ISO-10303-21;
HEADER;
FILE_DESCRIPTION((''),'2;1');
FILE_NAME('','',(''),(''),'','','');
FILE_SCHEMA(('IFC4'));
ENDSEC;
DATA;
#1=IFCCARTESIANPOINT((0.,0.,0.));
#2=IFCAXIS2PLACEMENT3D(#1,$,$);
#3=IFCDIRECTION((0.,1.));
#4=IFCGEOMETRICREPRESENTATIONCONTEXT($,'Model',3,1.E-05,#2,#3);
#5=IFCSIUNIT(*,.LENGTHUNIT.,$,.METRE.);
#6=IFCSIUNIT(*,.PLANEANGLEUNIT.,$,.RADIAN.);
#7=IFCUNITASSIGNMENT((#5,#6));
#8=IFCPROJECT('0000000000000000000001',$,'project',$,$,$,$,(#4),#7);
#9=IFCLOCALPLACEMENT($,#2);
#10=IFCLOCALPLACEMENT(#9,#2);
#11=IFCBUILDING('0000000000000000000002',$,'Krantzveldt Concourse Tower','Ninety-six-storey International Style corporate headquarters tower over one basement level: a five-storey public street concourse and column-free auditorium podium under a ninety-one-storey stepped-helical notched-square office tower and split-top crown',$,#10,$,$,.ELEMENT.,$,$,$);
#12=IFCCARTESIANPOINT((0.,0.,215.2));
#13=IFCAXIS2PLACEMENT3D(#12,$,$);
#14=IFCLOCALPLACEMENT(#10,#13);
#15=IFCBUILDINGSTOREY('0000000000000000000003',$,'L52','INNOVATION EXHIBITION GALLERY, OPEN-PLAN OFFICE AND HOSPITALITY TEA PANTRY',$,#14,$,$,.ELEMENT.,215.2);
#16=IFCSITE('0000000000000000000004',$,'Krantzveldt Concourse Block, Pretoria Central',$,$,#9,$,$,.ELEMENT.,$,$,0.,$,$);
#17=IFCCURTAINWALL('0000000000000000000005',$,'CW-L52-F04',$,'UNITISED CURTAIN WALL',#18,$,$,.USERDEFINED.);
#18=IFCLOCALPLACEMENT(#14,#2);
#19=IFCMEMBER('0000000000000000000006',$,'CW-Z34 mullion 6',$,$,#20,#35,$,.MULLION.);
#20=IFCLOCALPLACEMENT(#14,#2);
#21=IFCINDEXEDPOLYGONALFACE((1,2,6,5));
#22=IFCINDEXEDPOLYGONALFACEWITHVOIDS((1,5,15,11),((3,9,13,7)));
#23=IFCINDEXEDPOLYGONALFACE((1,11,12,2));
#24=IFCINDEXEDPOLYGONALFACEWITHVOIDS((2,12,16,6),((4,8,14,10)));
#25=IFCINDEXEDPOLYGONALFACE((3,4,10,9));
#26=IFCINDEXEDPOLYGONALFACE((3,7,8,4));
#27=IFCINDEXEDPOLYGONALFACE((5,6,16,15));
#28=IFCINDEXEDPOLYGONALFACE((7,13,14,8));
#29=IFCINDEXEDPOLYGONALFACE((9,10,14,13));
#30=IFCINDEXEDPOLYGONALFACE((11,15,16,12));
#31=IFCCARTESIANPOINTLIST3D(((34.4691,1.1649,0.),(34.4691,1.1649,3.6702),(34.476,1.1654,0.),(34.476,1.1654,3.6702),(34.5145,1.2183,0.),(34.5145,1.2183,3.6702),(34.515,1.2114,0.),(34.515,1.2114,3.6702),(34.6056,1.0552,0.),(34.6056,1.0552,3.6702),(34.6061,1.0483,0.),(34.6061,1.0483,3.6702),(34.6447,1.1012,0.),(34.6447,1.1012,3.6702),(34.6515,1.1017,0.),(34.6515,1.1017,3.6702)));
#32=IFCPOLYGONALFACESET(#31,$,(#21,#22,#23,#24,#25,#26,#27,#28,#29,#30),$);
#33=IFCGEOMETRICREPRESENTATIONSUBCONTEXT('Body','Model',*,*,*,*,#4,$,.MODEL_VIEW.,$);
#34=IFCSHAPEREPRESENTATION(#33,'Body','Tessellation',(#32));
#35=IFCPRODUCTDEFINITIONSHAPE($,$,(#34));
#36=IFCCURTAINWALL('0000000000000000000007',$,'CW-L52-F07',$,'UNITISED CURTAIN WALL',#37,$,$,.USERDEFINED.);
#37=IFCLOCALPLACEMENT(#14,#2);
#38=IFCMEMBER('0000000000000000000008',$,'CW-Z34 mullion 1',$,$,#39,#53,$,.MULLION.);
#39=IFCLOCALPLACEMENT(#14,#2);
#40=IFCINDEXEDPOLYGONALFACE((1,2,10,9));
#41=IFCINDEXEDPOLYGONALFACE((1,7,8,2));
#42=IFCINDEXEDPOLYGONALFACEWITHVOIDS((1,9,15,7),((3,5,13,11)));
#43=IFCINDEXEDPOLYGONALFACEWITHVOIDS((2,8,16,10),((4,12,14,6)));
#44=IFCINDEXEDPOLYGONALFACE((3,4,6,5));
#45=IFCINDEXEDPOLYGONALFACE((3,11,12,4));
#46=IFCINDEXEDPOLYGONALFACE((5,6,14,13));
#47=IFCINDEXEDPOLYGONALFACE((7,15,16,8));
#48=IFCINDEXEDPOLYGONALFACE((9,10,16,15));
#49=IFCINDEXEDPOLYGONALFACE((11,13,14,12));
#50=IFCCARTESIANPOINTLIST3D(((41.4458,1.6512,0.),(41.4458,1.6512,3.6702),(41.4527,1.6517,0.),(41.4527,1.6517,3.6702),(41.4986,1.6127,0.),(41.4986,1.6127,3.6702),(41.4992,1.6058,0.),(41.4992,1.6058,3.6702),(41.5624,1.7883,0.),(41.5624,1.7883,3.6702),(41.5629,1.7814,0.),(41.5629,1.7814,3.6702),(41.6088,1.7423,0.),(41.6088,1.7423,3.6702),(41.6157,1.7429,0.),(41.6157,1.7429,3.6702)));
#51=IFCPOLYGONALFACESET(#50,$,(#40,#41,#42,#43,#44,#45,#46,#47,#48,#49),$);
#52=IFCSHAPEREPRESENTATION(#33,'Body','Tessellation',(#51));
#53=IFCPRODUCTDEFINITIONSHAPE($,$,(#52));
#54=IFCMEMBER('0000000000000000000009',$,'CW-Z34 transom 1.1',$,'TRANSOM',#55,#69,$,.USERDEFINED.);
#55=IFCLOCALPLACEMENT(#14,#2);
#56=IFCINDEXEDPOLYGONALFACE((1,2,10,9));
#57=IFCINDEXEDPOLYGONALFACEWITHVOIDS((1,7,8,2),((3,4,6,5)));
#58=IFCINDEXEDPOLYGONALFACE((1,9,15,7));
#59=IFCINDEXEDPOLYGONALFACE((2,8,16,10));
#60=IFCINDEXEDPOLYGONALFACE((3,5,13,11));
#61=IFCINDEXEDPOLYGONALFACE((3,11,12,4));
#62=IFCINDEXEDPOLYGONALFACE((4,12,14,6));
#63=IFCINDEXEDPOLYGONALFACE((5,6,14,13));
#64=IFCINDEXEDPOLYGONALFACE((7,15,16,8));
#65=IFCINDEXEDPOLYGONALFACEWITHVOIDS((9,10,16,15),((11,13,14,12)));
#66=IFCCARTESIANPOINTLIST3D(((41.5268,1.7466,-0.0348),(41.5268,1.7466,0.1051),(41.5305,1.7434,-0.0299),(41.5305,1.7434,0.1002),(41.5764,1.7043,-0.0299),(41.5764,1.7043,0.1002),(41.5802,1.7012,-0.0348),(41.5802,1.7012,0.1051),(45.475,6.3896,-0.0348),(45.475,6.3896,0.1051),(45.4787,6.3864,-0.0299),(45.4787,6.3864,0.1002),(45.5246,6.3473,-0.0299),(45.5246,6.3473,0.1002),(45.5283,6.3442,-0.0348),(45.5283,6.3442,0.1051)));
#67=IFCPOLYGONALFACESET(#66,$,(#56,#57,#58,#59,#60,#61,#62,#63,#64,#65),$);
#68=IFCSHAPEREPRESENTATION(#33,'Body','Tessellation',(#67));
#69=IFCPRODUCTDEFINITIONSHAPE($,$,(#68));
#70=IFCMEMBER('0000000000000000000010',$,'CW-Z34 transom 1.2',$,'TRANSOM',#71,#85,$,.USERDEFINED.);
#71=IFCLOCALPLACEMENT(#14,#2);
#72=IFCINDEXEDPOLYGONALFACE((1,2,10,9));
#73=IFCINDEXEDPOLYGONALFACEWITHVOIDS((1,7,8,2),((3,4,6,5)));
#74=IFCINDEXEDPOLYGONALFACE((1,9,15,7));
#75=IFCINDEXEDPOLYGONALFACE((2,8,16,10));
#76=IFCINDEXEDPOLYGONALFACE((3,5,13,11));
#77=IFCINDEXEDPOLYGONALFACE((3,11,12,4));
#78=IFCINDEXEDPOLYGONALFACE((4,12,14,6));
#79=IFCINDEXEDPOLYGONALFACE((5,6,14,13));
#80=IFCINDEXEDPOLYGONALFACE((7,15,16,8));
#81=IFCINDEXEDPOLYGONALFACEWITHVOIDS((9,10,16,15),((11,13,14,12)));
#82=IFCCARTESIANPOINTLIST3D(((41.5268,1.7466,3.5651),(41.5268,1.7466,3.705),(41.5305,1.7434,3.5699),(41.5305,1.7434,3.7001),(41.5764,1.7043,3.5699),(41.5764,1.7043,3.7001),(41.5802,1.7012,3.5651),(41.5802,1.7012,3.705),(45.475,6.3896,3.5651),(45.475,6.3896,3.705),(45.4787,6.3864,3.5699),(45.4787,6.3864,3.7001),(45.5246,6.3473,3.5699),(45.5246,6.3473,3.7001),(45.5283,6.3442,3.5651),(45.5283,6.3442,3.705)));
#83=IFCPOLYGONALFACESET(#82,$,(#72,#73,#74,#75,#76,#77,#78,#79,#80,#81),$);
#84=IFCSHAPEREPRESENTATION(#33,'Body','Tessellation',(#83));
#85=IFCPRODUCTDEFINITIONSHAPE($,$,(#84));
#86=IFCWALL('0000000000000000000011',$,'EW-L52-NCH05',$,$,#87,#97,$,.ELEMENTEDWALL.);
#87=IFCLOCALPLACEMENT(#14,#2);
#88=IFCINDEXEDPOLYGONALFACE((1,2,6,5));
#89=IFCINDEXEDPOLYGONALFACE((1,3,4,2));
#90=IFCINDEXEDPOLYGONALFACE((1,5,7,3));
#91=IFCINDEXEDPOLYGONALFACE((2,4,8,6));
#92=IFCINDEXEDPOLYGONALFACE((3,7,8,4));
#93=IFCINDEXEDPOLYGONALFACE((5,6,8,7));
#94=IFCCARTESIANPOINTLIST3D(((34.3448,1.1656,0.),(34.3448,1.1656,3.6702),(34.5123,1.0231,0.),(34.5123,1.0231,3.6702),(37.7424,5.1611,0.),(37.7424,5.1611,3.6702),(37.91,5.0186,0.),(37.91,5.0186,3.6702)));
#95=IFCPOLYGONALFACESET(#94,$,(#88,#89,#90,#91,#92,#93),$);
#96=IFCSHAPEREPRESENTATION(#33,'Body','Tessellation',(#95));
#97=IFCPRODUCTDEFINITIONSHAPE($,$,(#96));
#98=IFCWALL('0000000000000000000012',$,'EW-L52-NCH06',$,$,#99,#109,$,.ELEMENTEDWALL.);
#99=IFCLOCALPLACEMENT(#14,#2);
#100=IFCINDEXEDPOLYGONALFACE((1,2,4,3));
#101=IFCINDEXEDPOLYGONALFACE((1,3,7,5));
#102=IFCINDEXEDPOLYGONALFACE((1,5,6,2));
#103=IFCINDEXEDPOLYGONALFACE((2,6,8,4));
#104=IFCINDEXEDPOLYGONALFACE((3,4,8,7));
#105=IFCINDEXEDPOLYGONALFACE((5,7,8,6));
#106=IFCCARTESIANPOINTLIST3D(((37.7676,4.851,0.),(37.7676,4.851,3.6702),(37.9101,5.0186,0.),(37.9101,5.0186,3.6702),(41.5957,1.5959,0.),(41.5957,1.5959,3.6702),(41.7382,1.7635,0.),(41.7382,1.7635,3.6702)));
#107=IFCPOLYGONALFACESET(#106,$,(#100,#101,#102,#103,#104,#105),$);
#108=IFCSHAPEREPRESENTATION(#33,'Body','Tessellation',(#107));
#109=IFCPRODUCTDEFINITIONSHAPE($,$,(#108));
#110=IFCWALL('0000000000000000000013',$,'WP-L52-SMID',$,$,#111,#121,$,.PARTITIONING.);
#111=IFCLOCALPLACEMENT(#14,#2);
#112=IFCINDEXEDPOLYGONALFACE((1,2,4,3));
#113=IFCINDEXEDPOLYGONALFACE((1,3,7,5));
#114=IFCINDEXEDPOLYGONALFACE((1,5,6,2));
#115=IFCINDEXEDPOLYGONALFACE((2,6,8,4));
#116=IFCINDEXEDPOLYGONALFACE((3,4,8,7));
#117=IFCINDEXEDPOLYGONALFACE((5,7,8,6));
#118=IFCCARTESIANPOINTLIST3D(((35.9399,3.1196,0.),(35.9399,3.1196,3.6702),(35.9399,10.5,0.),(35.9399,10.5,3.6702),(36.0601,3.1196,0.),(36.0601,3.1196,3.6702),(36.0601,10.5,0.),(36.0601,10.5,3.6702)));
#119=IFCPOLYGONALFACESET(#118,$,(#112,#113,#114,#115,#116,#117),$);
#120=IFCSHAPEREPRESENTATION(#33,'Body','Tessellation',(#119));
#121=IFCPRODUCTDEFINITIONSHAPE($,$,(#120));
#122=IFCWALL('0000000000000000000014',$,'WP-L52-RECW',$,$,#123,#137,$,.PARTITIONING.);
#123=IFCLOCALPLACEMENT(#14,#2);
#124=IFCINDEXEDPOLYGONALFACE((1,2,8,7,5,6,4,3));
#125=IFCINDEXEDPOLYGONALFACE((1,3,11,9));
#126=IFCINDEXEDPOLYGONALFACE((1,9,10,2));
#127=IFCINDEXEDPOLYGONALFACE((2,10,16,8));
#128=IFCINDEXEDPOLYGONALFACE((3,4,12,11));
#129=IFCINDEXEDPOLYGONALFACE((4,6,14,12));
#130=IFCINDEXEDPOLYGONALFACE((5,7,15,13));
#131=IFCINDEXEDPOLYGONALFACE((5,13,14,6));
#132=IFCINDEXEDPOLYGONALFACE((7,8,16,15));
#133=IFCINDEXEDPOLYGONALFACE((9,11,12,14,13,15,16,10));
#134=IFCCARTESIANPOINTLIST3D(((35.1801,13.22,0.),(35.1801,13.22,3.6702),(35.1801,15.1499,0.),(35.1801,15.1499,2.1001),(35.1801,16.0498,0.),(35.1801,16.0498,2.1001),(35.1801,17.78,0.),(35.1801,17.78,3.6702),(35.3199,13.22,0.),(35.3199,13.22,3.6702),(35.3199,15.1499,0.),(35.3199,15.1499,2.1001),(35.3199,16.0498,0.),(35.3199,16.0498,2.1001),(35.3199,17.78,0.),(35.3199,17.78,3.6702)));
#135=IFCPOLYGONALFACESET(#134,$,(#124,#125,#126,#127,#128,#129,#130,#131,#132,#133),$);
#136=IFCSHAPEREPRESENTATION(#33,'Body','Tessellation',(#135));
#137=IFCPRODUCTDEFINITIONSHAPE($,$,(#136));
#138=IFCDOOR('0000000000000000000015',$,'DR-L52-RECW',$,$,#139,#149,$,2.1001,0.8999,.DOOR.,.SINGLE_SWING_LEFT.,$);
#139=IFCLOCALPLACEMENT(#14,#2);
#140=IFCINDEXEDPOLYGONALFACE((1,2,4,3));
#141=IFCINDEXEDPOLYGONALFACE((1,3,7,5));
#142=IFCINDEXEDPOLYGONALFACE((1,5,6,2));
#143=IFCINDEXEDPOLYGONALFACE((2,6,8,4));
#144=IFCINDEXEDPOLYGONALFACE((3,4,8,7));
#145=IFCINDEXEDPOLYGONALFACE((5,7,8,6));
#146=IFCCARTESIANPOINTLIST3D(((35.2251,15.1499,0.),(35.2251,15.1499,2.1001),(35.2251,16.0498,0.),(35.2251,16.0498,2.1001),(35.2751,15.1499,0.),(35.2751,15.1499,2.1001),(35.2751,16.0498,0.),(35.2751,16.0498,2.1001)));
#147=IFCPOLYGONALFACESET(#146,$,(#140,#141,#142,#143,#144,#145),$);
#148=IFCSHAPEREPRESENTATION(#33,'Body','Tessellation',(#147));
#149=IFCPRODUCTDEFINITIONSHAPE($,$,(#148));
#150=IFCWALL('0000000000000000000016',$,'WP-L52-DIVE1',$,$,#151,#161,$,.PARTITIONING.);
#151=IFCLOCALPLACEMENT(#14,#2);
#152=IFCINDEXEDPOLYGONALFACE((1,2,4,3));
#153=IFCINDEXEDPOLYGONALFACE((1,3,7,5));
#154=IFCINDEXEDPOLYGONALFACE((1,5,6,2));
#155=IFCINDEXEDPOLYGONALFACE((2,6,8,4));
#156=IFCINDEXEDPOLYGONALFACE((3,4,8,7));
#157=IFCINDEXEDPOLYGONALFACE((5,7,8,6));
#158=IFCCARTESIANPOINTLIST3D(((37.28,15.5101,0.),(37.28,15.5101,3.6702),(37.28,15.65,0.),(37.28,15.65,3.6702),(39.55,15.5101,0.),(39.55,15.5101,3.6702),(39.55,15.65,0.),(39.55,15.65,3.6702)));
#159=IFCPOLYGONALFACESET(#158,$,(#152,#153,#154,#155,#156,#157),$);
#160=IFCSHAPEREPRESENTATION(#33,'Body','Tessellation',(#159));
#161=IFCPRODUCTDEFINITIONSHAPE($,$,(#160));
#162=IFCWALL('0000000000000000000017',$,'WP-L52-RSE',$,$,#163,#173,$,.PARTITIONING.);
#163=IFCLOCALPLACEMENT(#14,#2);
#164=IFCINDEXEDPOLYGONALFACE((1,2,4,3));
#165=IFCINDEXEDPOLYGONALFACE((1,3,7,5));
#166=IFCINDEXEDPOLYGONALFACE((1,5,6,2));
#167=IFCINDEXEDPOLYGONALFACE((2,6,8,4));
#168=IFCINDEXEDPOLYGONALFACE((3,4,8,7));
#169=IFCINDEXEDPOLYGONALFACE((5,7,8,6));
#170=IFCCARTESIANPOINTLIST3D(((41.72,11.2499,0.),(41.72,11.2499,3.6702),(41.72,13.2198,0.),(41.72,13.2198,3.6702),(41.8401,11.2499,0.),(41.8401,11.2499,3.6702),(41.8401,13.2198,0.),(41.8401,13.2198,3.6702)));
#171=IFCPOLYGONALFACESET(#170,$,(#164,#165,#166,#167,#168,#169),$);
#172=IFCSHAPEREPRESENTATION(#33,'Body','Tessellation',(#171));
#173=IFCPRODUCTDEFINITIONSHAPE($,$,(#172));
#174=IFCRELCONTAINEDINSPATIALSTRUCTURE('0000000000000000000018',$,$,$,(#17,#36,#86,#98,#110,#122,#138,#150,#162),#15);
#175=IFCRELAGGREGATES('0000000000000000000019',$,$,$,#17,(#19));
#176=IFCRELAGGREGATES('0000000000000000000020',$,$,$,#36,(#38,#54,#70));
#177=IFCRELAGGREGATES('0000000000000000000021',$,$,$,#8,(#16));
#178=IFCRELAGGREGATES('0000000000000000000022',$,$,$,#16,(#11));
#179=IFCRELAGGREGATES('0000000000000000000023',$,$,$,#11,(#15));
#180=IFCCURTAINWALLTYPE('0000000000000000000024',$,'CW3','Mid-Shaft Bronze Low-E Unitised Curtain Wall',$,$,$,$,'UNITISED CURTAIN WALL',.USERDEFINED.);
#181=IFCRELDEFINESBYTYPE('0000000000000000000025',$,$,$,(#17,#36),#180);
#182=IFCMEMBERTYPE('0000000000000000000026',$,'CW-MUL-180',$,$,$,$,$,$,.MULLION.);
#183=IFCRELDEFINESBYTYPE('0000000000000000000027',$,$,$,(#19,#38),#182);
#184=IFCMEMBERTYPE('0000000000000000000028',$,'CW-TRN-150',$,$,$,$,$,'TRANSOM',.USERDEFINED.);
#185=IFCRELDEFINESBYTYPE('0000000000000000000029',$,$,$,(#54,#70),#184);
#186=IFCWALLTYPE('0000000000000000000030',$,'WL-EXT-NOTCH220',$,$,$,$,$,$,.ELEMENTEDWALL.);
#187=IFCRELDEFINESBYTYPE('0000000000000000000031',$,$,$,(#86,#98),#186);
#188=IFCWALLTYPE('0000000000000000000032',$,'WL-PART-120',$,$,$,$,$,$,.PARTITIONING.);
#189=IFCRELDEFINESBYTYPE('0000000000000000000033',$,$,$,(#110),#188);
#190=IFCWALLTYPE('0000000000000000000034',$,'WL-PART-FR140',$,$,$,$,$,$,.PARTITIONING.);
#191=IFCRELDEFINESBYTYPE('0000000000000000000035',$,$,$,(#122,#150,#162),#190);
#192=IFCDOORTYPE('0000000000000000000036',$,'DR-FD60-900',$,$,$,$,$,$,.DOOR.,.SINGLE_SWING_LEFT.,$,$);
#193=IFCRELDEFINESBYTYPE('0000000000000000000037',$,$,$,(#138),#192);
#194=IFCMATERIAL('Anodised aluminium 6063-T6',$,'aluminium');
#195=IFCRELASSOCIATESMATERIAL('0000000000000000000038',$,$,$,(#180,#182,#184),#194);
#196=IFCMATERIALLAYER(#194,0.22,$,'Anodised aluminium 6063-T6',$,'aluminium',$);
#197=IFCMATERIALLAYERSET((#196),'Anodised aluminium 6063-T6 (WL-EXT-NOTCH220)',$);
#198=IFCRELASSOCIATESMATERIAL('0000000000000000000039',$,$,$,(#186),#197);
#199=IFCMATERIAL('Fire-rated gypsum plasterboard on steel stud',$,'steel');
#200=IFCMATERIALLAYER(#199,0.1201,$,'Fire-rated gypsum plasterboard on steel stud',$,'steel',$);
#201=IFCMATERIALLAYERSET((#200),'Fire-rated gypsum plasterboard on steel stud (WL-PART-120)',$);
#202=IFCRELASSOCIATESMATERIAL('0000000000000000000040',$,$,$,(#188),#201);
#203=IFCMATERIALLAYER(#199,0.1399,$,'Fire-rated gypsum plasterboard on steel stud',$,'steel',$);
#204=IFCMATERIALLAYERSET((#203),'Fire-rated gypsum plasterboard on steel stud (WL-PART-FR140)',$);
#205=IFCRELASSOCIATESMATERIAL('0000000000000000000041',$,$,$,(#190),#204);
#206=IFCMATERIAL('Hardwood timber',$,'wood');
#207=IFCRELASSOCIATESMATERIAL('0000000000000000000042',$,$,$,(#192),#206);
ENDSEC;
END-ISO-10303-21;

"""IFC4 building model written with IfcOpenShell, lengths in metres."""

from ifc_helpers import new_model, si_unit, direction, frame, frame_2d, origin, origin_2d, place, context, subcontext, project, spatial, rectangle, hollow_rectangle, extrude, source, transform, mapped, material, layer, layer_set, material_profile, profile_set, type_object, type_shapes, element, fill, aggregate, save


model = new_model("IFC4")

# Units and contexts
model_context = context("Model", 3, precision=1e-05, world=origin(), true_north=direction((0.0, 1.0)))
body_context = subcontext(model_context, "Body", "Model", "MODEL_VIEW")
ifc_project = project(units=[si_unit("LENGTHUNIT", "METRE"), si_unit("PLANEANGLEUNIT", "RADIAN")], contexts=[model_context])

# Site, building, storey
site_placement = place(None, origin())
site = spatial("IfcSite", under=ifc_project, at=site_placement, Name="Krantzveldt Concourse Block, Pretoria Central", CompositionType="ELEMENT", RefElevation=0.0)
building_placement = place(site_placement, origin())
building = spatial("IfcBuilding", under=site, at=building_placement, Name="Krantzveldt Concourse Tower", Description="Ninety-six-storey International Style corporate headquarters tower over one basement level: a five-storey public street concourse and column-free auditorium podium under a ninety-one-storey stepped-helical notched-square office tower and split-top crown", CompositionType="ELEMENT")
storey_placement = place(building_placement, frame((0.0, 0.0, 215.2)))
storey = spatial("IfcBuildingStorey", under=building, at=storey_placement, Name="L52", Description="INNOVATION EXHIBITION GALLERY, OPEN-PLAN OFFICE AND HOSPITALITY TEA PANTRY", CompositionType="ELEMENT", Elevation=215.2)

# Curtain wall, member
ifc_material_1 = material(Name="Anodised aluminium 6063-T6", Category="aluminium")
curtain_wall_type = type_object("IfcCurtainWallType", Name="CW3", Description="Mid-Shaft Bronze Low-E Unitised Curtain Wall", ElementType="UNITISED CURTAIN WALL", PredefinedType="USERDEFINED", material=ifc_material_1)
curtain_wall_1_placement = place(storey_placement, origin())
curtain_wall_1 = element("IfcCurtainWall", 1, at=curtain_wall_1_placement, inside=storey, type_object=curtain_wall_type, Name="CW-L52-F04", ObjectType="UNITISED CURTAIN WALL", PredefinedType="USERDEFINED")
ifc_material_profile_1 = material_profile(ifc_material_1, hollow_rectangle(XDim=0.0701, YDim=0.1799, WallThickness=0.0049, at=origin_2d()), Name="Anodised aluminium 6063-T6", Category="aluminium")
ifc_profile_set_1 = profile_set([ifc_material_profile_1], Name="Anodised aluminium 6063-T6 - ALU-MULL 180x70x5")
member_type_1 = type_object("IfcMemberType", Name="CW-MUL-180", PredefinedType="MULLION", material=ifc_profile_set_1)
shared_shape_1 = source(origin(), body_context, "Body", "SweptSolid", [
    extrude(hollow_rectangle(XDim=0.0701, YDim=0.1799, WallThickness=0.0049, at=origin_2d()), origin(), (0.0, 0.0, 1.0), 3.6702),
])
type_shapes(member_type_1, [shared_shape_1])
member_1_placement = place(storey_placement, frame((34.5603, 1.1333, 0.0), z_axis=(0.0, 0.0, 1.0), x_axis=(0.647788, 0.761821, 0.0)))
member_1 = element("IfcMember", 2, at=member_1_placement, type_object=member_type_1, Name="CW-Z34 mullion 6", PredefinedType="MULLION", context=body_context, shape_type="MappedRepresentation", body=[
    mapped(shared_shape_1, transform((0.0, 0.0, 0.0), x_axis=(1.0, 0.0, 0.0), y_axis=(0.0, 1.0, 0.0), z_axis=(0.0, 0.0, 1.0), scale=1.0)),
])
aggregate(curtain_wall_1, [member_1])

# Curtain wall, members
curtain_wall_2_placement = place(storey_placement, origin())
curtain_wall_2 = element("IfcCurtainWall", 3, at=curtain_wall_2_placement, inside=storey, type_object=curtain_wall_type, Name="CW-L52-F07", ObjectType="UNITISED CURTAIN WALL", PredefinedType="USERDEFINED")
member_2_placement = place(storey_placement, frame((41.5308, 1.697, 0.0), z_axis=(0.0, 0.0, 1.0), x_axis=(-0.761821, 0.647788, 0.0)))
member_2 = element("IfcMember", 4, at=member_2_placement, type_object=member_type_1, Name="CW-Z34 mullion 1", PredefinedType="MULLION", context=body_context, shape_type="MappedRepresentation", body=[
    mapped(shared_shape_1, transform((0.0, 0.0, 0.0), x_axis=(1.0, 0.0, 0.0), y_axis=(0.0, 1.0, 0.0), z_axis=(0.0, 0.0, 1.0), scale=1.0)),
])
ifc_material_profile_2 = material_profile(ifc_material_1, hollow_rectangle(XDim=0.0701, YDim=0.1399, WallThickness=0.0049, at=origin_2d()), Name="Anodised aluminium 6063-T6", Category="aluminium")
ifc_profile_set_2 = profile_set([ifc_material_profile_2], Name="Anodised aluminium 6063-T6 - ALU-TRAN 140x70x5")
member_type_2 = type_object("IfcMemberType", Name="CW-TRN-150", ElementType="TRANSOM", PredefinedType="USERDEFINED", material=ifc_profile_set_2)
shared_shape_2 = source(origin(), body_context, "Body", "SweptSolid", [
    extrude(hollow_rectangle(XDim=0.0701, YDim=0.1399, WallThickness=0.0049, at=origin_2d()), origin(), (0.0, 0.0, 1.0), 6.0947),
])
type_shapes(member_type_2, [shared_shape_2])
member_3_placement = place(storey_placement, frame((41.5535, 1.7239, 0.0352), z_axis=(0.647804, 0.761807, 0.0), x_axis=(-0.761807, 0.647804, 0.0)))
member_3 = element("IfcMember", 5, at=member_3_placement, type_object=member_type_2, Name="CW-Z34 transom 1.1", ObjectType="TRANSOM", PredefinedType="USERDEFINED", context=body_context, shape_type="MappedRepresentation", body=[
    mapped(shared_shape_2, transform((0.0, 0.0, 0.0), x_axis=(1.0, 0.0, 0.0), y_axis=(0.0, 1.0, 0.0), z_axis=(0.0, 0.0, 1.0), scale=1.0)),
])
member_4_placement = place(storey_placement, frame((41.5535, 1.7239, 3.635), z_axis=(0.647804, 0.761807, 0.0), x_axis=(-0.761807, 0.647804, 0.0)))
member_4 = element("IfcMember", 6, at=member_4_placement, type_object=member_type_2, Name="CW-Z34 transom 1.2", ObjectType="TRANSOM", PredefinedType="USERDEFINED", context=body_context, shape_type="MappedRepresentation", body=[
    mapped(shared_shape_2, transform((0.0, 0.0, 0.0), x_axis=(1.0, 0.0, 0.0), y_axis=(0.0, 1.0, 0.0), z_axis=(0.0, 0.0, 1.0), scale=1.0)),
])
aggregate(curtain_wall_2, [member_2, member_3, member_4])

# Walls
ifc_layer_1 = layer(ifc_material_1, 0.22, Name="Anodised aluminium 6063-T6", Category="aluminium")
ifc_layer_set_1 = layer_set([ifc_layer_1], Name="Anodised aluminium 6063-T6 (WL-EXT-NOTCH220)")
wall_type_1 = type_object("IfcWallType", Name="WL-EXT-NOTCH220", PredefinedType="ELEMENTEDWALL", material=ifc_layer_set_1)
wall_1_placement = place(storey_placement, frame((34.4285, 1.0942, 0.0), z_axis=(0.0, 0.0, 1.0), x_axis=(0.647808, 0.761804, 0.0)))
element("IfcWall", 7, at=wall_1_placement, inside=storey, type_object=wall_type_1, Name="EW-L52-NCH05", PredefinedType="ELEMENTEDWALL", context=body_context, shape_type="SweptSolid", body=[
    extrude(rectangle(XDim=5.2449, YDim=0.22, at=frame_2d((2.6226, 0.0))), origin(), (0.0, 0.0, 1.0), 3.6702),
])
wall_2_placement = place(storey_placement, frame((37.8389, 4.9348, 0.0), z_axis=(0.0, 0.0, 1.0), x_axis=(0.761819, -0.647789, 0.0)))
element("IfcWall", 8, at=wall_2_placement, inside=storey, type_object=wall_type_1, Name="EW-L52-NCH06", PredefinedType="ELEMENTEDWALL", context=body_context, shape_type="SweptSolid", body=[
    extrude(rectangle(XDim=5.0249, YDim=0.22, at=frame_2d((2.5125, 0.0))), origin(), (0.0, 0.0, 1.0), 3.6702),
])
ifc_material_2 = material(Name="Fire-rated gypsum plasterboard on steel stud", Category="steel")
ifc_layer_2 = layer(ifc_material_2, 0.1201, Name="Fire-rated gypsum plasterboard on steel stud", Category="steel")
ifc_layer_set_2 = layer_set([ifc_layer_2], Name="Fire-rated gypsum plasterboard on steel stud (WL-PART-120)")
wall_type_2 = type_object("IfcWallType", Name="WL-PART-120", PredefinedType="PARTITIONING", material=ifc_layer_set_2)
wall_3_placement = place(storey_placement, frame((36.0, 3.1196, 0.0), z_axis=(0.0, 0.0, 1.0), x_axis=(0.0, 1.0, 0.0)))
element("IfcWall", 9, at=wall_3_placement, inside=storey, type_object=wall_type_2, Name="WP-L52-SMID", PredefinedType="PARTITIONING", context=body_context, shape_type="SweptSolid", body=[
    extrude(rectangle(XDim=7.3804, YDim=0.1201, at=frame_2d((3.6902, 0.0))), origin(), (0.0, 0.0, 1.0), 3.6702),
])

# Wall, opening, door
ifc_layer_3 = layer(ifc_material_2, 0.1399, Name="Fire-rated gypsum plasterboard on steel stud", Category="steel")
ifc_layer_set_3 = layer_set([ifc_layer_3], Name="Fire-rated gypsum plasterboard on steel stud (WL-PART-FR140)")
wall_type_3 = type_object("IfcWallType", Name="WL-PART-FR140", PredefinedType="PARTITIONING", material=ifc_layer_set_3)
wall_4_placement = place(storey_placement, frame((35.25, 13.22, 0.0), z_axis=(0.0, 0.0, 1.0), x_axis=(0.0, 1.0, 0.0)))
wall_4 = element("IfcWall", 10, at=wall_4_placement, inside=storey, type_object=wall_type_3, Name="WP-L52-RECW", PredefinedType="PARTITIONING", context=body_context, shape_type="SweptSolid", body=[
    extrude(rectangle(XDim=4.5601, YDim=0.1399, at=frame_2d((2.28, 0.0))), origin(), (0.0, 0.0, 1.0), 3.6702),
])
opening_1_placement = place(wall_4_placement, frame((1.9299, 0.0, 0.0)))
opening_1 = element("IfcOpeningElement", 11, at=opening_1_placement, cuts=wall_4, PredefinedType="OPENING", context=body_context, shape_type="SweptSolid", body=[
    extrude(rectangle(XDim=0.8999, YDim=2.1001, at=frame_2d((0.45, 1.05))), frame((0.0, 0.0801, 0.0), z_axis=(0.0, -1.0, 0.0), x_axis=(1.0, 0.0, 0.0)), (0.0, 0.0, 1.0), 0.1599),
])
ifc_material_3 = material(Name="Hardwood timber", Category="wood")
door_type_1 = type_object("IfcDoorType", Name="DR-FD60-900", OperationType="SINGLE_SWING_LEFT", PredefinedType="DOOR", material=ifc_material_3)
door_1_placement = place(opening_1_placement, origin())
door_1 = element("IfcDoor", 12, at=door_1_placement, inside=storey, type_object=door_type_1, Name="DR-L52-RECW", OperationType="SINGLE_SWING_LEFT", OverallHeight=2.1001, OverallWidth=0.8999, PredefinedType="DOOR", context=body_context, shape_type="SweptSolid", body=[
    extrude(rectangle(XDim=0.8999, YDim=2.1001, at=frame_2d((0.45, 1.05))), frame((0.0, 0.0249, 0.0), z_axis=(0.0, -1.0, 0.0), x_axis=(1.0, 0.0, 0.0)), (0.0, 0.0, 1.0), 0.05),
])
fill(opening_1, door_1)

# Walls
wall_5_placement = place(storey_placement, frame((37.28, 15.5801, 0.0), z_axis=(0.0, 0.0, 1.0), x_axis=(1.0, 0.0, 0.0)))
element("IfcWall", 13, at=wall_5_placement, inside=storey, type_object=wall_type_3, Name="WP-L52-DIVE1", PredefinedType="PARTITIONING", context=body_context, shape_type="SweptSolid", body=[
    extrude(rectangle(XDim=2.27, YDim=0.1399, at=frame_2d((1.135, 0.0))), origin(), (0.0, 0.0, 1.0), 3.6702),
])
wall_6_placement = place(storey_placement, frame((41.78, 11.25, 0.0), z_axis=(0.0, 0.0, 1.0), x_axis=(0.0, 1.0, 0.0)))
element("IfcWall", 14, at=wall_6_placement, inside=storey, type_object=wall_type_3, Name="WP-L52-RSE", PredefinedType="PARTITIONING", context=body_context, shape_type="SweptSolid", body=[
    extrude(rectangle(XDim=1.97, YDim=0.1201, at=frame_2d((0.9849, 0.0))), origin(), (0.0, 0.0, 1.0), 3.6702),
])

save(model, "model.ifc")
